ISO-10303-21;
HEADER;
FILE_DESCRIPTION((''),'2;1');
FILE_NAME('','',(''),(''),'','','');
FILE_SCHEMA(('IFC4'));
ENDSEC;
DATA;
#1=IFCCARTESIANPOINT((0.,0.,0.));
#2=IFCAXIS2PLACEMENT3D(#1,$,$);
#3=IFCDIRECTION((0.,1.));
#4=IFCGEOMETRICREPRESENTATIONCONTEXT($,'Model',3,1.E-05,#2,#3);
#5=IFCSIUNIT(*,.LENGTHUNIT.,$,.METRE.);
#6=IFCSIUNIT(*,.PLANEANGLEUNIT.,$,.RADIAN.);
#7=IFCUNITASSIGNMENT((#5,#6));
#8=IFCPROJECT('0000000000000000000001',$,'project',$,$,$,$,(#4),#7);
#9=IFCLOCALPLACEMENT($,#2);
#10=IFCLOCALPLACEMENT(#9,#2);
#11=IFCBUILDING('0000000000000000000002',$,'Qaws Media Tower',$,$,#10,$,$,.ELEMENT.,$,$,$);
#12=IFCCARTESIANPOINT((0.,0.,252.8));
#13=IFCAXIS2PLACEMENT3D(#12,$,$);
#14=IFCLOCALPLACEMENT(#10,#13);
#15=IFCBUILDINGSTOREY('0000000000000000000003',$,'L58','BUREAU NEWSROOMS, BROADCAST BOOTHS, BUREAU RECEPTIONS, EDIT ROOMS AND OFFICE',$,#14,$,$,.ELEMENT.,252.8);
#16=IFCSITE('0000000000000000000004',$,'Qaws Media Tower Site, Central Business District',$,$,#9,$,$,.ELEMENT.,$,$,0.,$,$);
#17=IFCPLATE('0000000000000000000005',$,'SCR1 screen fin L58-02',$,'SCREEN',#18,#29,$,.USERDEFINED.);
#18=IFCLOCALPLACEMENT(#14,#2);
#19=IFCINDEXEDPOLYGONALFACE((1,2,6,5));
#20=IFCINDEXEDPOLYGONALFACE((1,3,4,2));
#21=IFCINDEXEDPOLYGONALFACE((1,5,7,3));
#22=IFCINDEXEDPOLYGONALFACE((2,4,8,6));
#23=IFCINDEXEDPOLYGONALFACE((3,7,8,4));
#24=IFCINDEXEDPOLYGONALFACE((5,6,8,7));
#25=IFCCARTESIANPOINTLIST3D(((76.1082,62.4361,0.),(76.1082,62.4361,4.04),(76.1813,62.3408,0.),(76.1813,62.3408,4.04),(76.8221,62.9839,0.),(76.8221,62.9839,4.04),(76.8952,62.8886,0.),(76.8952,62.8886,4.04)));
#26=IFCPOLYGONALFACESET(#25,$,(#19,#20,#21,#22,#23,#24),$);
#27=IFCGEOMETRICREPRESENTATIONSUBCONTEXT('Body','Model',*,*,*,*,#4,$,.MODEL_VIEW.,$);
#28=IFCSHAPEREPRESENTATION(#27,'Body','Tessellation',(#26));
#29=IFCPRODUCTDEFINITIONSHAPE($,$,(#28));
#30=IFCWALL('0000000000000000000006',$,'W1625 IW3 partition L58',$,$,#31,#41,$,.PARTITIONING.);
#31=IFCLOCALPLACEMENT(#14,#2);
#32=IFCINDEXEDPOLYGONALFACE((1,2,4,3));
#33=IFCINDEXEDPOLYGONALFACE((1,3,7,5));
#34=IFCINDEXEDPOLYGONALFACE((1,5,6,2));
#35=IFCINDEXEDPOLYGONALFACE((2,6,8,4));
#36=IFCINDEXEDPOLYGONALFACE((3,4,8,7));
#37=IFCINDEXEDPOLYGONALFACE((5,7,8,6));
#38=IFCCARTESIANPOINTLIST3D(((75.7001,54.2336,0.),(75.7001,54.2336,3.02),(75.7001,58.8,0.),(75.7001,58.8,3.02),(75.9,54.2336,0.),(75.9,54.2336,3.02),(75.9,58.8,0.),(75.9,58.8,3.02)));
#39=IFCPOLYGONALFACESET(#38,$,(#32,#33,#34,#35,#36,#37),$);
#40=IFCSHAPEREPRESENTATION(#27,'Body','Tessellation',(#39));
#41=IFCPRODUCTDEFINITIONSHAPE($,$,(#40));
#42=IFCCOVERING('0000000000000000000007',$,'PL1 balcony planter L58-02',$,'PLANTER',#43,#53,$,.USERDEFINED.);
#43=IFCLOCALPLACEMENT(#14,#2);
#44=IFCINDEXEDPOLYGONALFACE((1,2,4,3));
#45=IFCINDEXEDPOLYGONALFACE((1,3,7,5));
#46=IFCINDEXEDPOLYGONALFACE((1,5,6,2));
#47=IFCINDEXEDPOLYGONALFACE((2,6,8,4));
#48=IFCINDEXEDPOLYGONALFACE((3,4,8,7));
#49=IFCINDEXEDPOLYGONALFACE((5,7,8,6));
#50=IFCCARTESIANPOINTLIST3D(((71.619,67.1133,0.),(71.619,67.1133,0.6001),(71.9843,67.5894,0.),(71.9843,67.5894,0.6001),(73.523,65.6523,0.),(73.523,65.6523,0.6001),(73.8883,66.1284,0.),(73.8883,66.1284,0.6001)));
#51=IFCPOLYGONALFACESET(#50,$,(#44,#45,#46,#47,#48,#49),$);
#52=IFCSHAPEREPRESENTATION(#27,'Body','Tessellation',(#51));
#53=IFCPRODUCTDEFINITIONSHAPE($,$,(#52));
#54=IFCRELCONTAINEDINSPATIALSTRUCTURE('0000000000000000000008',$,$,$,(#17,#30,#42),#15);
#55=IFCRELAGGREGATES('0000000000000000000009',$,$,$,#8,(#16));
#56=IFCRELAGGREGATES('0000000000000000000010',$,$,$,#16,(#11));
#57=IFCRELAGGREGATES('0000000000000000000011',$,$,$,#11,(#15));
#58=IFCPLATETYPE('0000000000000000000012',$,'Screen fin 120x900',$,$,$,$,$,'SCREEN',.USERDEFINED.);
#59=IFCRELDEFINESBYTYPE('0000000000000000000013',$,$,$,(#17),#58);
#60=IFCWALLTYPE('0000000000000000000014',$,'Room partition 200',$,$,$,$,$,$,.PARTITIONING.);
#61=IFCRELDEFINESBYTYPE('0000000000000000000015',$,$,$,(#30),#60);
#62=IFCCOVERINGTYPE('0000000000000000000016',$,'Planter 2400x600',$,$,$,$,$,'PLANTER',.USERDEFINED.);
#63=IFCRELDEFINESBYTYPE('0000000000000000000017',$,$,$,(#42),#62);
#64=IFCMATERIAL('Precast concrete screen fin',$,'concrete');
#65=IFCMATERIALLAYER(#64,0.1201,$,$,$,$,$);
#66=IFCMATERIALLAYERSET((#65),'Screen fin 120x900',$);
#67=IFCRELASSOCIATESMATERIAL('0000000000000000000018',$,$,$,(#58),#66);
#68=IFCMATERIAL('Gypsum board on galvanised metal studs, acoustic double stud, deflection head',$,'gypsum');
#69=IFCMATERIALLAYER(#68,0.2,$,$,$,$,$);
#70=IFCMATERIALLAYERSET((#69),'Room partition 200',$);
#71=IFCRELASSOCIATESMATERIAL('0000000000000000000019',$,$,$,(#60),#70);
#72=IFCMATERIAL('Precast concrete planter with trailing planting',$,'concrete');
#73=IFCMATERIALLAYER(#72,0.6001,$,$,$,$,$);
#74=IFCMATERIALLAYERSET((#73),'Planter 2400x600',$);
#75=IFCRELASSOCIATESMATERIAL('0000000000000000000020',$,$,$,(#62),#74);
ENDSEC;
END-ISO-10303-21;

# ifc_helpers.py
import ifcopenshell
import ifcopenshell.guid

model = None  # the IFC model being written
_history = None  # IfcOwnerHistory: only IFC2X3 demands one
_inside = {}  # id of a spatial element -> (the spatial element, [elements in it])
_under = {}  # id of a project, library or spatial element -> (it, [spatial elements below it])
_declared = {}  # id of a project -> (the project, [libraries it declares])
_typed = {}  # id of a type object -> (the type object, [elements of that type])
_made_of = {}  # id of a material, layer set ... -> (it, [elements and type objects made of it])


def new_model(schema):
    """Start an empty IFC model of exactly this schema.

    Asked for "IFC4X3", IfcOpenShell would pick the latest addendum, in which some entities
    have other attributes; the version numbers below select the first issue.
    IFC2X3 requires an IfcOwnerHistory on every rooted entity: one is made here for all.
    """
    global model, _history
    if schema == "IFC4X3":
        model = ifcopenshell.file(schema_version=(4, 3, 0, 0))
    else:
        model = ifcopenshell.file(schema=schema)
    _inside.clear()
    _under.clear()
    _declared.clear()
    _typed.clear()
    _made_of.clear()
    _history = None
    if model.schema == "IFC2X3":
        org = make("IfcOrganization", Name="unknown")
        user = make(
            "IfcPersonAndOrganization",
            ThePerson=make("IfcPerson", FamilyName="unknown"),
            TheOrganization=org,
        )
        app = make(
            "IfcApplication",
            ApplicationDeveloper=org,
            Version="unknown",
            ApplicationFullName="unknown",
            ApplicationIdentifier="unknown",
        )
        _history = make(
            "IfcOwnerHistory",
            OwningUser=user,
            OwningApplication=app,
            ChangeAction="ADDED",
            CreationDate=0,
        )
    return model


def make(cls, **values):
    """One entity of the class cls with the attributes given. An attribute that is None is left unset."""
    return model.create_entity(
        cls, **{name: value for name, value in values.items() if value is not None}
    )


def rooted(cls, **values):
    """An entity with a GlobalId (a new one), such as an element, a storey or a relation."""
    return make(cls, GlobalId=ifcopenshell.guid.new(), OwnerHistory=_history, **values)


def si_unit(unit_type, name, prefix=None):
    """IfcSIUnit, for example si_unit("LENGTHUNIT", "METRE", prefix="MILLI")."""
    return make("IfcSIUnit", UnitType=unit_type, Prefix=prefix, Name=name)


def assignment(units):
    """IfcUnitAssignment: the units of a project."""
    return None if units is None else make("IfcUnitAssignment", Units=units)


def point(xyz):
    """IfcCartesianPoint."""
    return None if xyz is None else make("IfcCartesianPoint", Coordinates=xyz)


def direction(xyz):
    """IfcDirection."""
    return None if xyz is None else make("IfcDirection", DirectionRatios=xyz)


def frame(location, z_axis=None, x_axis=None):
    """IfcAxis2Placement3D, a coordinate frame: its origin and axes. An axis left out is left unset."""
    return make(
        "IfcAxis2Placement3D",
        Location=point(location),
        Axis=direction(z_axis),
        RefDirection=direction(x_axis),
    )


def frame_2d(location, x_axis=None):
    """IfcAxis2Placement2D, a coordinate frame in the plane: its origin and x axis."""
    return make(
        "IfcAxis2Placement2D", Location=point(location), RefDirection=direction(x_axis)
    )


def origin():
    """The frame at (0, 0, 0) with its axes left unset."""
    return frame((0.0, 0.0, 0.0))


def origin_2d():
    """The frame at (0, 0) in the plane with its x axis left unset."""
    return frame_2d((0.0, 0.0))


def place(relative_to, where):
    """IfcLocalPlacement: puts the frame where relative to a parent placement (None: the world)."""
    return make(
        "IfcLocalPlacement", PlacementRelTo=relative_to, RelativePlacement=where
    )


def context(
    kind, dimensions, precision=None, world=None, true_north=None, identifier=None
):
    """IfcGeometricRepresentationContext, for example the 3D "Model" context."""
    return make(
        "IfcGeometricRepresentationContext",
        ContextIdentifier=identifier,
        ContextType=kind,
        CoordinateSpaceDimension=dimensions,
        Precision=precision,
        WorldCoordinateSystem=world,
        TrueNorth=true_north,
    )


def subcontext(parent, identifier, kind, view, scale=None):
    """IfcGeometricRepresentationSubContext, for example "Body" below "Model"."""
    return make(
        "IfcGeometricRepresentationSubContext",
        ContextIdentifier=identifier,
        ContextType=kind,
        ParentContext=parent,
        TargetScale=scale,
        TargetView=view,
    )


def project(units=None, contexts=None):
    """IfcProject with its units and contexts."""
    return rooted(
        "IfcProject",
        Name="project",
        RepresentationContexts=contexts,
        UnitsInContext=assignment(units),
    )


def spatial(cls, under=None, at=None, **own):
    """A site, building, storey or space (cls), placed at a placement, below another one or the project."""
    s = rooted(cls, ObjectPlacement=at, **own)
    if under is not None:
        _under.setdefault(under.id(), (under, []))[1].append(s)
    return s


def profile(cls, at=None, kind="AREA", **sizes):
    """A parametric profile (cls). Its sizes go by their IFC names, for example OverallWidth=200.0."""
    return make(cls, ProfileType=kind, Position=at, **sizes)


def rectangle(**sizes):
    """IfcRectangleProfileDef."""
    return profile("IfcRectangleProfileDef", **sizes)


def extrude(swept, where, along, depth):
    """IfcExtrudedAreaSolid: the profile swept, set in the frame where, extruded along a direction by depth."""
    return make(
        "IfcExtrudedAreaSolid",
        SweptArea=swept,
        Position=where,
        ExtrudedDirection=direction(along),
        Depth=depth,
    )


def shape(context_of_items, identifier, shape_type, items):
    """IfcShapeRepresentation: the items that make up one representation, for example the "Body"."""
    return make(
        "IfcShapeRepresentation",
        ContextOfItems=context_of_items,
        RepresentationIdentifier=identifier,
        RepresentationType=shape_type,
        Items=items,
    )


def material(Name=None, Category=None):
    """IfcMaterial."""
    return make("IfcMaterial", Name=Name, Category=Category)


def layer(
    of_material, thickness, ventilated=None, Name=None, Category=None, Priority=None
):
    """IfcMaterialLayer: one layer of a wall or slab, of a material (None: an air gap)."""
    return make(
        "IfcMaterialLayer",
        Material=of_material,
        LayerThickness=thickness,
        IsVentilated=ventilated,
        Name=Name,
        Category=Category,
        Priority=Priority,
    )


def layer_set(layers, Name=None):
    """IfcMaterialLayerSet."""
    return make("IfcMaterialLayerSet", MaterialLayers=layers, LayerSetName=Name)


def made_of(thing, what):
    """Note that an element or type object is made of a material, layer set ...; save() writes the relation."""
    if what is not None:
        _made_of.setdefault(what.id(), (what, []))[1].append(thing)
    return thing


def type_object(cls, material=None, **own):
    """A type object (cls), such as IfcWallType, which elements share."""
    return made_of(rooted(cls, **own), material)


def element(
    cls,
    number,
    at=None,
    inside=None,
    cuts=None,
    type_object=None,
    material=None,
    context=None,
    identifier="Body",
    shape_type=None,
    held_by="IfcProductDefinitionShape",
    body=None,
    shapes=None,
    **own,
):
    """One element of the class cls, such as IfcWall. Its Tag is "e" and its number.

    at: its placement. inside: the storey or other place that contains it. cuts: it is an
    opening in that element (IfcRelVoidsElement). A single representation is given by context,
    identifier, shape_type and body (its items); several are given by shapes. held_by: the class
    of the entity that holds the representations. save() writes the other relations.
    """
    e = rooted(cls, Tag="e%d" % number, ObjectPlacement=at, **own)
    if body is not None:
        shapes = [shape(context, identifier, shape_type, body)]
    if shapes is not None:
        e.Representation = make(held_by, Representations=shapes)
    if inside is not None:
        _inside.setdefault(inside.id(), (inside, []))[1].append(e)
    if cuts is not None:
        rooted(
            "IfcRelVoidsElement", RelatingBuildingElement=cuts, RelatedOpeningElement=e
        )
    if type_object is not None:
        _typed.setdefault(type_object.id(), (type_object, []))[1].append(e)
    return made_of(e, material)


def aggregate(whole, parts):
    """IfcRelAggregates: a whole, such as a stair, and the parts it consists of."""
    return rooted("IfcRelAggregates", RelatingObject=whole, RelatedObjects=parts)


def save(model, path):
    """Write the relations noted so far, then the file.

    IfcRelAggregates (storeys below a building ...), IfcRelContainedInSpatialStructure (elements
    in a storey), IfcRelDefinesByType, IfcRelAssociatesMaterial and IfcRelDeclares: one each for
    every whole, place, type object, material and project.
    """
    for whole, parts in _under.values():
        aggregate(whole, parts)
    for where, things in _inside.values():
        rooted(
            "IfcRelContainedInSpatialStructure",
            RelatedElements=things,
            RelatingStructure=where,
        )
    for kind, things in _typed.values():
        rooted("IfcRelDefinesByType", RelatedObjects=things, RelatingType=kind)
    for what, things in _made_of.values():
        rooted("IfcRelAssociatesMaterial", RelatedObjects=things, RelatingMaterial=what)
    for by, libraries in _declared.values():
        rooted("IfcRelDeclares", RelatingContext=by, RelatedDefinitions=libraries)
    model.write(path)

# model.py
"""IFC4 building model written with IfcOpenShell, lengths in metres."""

from ifc_helpers import new_model, si_unit, direction, frame, frame_2d, origin, origin_2d, place, context, subcontext, project, spatial, rectangle, extrude, material, layer, layer_set, type_object, element, save


model = new_model("IFC4")

# Units and contexts
model_context = context("Model", 3, precision=1e-05, world=origin(), true_north=direction((0.0, 1.0)))
body_context = subcontext(model_context, "Body", "Model", "MODEL_VIEW")
ifc_project = project(units=[si_unit("LENGTHUNIT", "METRE"), si_unit("PLANEANGLEUNIT", "RADIAN")], contexts=[model_context])

# Site, building, storey
site_placement = place(None, origin())
site = spatial("IfcSite", under=ifc_project, at=site_placement, Name="Qaws Media Tower Site, Central Business District", CompositionType="ELEMENT", RefElevation=0.0)
building_placement = place(site_placement, origin())
building = spatial("IfcBuilding", under=site, at=building_placement, Name="Qaws Media Tower", CompositionType="ELEMENT")
storey_placement = place(building_placement, frame((0.0, 0.0, 252.8)))
storey = spatial("IfcBuildingStorey", under=building, at=storey_placement, Name="L58", Description="BUREAU NEWSROOMS, BROADCAST BOOTHS, BUREAU RECEPTIONS, EDIT ROOMS AND OFFICE", CompositionType="ELEMENT", Elevation=252.8)

# Plate
ifc_material_1 = material(Name="Precast concrete screen fin", Category="concrete")
ifc_layer_1 = layer(ifc_material_1, 0.1201)
ifc_layer_set_1 = layer_set([ifc_layer_1], Name="Screen fin 120x900")
plate_type_1 = type_object("IfcPlateType", Name="Screen fin 120x900", ElementType="SCREEN", PredefinedType="USERDEFINED", material=ifc_layer_set_1)
plate_1_placement = place(storey_placement, frame((76.5017, 62.6624, 0.0), z_axis=(0.0, 0.0, 1.0), x_axis=(0.793353, 0.608761, 0.0)))
element("IfcPlate", 1, at=plate_1_placement, inside=storey, type_object=plate_type_1, Name="SCR1 screen fin L58-02", ObjectType="SCREEN", PredefinedType="USERDEFINED", context=body_context, shape_type="SweptSolid", body=[
    extrude(rectangle(XDim=0.8999, YDim=0.1201, at=origin_2d()), origin(), (0.0, 0.0, 1.0), 4.04),
])

# Wall
ifc_material_2 = material(Name="Gypsum board on galvanised metal studs, acoustic double stud, deflection head", Category="gypsum")
ifc_layer_2 = layer(ifc_material_2, 0.2)
ifc_layer_set_2 = layer_set([ifc_layer_2], Name="Room partition 200")
wall_type = type_object("IfcWallType", Name="Room partition 200", PredefinedType="PARTITIONING", material=ifc_layer_set_2)
wall_placement = place(storey_placement, frame((75.8, 58.8, 0.0), z_axis=(0.0, 0.0, 1.0), x_axis=(0.0, -1.0, 0.0)))
element("IfcWall", 2, at=wall_placement, inside=storey, type_object=wall_type, Name="W1625 IW3 partition L58", PredefinedType="PARTITIONING", context=body_context, shape_type="SweptSolid", body=[
    extrude(rectangle(XDim=4.5664, YDim=0.2, at=frame_2d((2.2832, 0.0))), origin(), (0.0, 0.0, 1.0), 3.02),
])

# Covering
ifc_material_3 = material(Name="Precast concrete planter with trailing planting", Category="concrete")
ifc_layer_3 = layer(ifc_material_3, 0.6001)
ifc_layer_set_3 = layer_set([ifc_layer_3], Name="Planter 2400x600")
covering_type = type_object("IfcCoveringType", Name="Planter 2400x600", ElementType="PLANTER", PredefinedType="USERDEFINED", material=ifc_layer_set_3)
covering_placement = place(storey_placement, frame((72.7537, 66.6208, 0.0), z_axis=(0.0, 0.0, 1.0), x_axis=(-0.793353, 0.608761, 0.0)))
element("IfcCovering", 3, at=covering_placement, inside=storey, type_object=covering_type, Name="PL1 balcony planter L58-02", ObjectType="PLANTER", PredefinedType="USERDEFINED", context=body_context, shape_type="SweptSolid", body=[
    extrude(rectangle(XDim=2.3999, YDim=0.6001, at=origin_2d()), origin(), (0.0, 0.0, 1.0), 0.6001),
])

save(model, "model.ifc")
